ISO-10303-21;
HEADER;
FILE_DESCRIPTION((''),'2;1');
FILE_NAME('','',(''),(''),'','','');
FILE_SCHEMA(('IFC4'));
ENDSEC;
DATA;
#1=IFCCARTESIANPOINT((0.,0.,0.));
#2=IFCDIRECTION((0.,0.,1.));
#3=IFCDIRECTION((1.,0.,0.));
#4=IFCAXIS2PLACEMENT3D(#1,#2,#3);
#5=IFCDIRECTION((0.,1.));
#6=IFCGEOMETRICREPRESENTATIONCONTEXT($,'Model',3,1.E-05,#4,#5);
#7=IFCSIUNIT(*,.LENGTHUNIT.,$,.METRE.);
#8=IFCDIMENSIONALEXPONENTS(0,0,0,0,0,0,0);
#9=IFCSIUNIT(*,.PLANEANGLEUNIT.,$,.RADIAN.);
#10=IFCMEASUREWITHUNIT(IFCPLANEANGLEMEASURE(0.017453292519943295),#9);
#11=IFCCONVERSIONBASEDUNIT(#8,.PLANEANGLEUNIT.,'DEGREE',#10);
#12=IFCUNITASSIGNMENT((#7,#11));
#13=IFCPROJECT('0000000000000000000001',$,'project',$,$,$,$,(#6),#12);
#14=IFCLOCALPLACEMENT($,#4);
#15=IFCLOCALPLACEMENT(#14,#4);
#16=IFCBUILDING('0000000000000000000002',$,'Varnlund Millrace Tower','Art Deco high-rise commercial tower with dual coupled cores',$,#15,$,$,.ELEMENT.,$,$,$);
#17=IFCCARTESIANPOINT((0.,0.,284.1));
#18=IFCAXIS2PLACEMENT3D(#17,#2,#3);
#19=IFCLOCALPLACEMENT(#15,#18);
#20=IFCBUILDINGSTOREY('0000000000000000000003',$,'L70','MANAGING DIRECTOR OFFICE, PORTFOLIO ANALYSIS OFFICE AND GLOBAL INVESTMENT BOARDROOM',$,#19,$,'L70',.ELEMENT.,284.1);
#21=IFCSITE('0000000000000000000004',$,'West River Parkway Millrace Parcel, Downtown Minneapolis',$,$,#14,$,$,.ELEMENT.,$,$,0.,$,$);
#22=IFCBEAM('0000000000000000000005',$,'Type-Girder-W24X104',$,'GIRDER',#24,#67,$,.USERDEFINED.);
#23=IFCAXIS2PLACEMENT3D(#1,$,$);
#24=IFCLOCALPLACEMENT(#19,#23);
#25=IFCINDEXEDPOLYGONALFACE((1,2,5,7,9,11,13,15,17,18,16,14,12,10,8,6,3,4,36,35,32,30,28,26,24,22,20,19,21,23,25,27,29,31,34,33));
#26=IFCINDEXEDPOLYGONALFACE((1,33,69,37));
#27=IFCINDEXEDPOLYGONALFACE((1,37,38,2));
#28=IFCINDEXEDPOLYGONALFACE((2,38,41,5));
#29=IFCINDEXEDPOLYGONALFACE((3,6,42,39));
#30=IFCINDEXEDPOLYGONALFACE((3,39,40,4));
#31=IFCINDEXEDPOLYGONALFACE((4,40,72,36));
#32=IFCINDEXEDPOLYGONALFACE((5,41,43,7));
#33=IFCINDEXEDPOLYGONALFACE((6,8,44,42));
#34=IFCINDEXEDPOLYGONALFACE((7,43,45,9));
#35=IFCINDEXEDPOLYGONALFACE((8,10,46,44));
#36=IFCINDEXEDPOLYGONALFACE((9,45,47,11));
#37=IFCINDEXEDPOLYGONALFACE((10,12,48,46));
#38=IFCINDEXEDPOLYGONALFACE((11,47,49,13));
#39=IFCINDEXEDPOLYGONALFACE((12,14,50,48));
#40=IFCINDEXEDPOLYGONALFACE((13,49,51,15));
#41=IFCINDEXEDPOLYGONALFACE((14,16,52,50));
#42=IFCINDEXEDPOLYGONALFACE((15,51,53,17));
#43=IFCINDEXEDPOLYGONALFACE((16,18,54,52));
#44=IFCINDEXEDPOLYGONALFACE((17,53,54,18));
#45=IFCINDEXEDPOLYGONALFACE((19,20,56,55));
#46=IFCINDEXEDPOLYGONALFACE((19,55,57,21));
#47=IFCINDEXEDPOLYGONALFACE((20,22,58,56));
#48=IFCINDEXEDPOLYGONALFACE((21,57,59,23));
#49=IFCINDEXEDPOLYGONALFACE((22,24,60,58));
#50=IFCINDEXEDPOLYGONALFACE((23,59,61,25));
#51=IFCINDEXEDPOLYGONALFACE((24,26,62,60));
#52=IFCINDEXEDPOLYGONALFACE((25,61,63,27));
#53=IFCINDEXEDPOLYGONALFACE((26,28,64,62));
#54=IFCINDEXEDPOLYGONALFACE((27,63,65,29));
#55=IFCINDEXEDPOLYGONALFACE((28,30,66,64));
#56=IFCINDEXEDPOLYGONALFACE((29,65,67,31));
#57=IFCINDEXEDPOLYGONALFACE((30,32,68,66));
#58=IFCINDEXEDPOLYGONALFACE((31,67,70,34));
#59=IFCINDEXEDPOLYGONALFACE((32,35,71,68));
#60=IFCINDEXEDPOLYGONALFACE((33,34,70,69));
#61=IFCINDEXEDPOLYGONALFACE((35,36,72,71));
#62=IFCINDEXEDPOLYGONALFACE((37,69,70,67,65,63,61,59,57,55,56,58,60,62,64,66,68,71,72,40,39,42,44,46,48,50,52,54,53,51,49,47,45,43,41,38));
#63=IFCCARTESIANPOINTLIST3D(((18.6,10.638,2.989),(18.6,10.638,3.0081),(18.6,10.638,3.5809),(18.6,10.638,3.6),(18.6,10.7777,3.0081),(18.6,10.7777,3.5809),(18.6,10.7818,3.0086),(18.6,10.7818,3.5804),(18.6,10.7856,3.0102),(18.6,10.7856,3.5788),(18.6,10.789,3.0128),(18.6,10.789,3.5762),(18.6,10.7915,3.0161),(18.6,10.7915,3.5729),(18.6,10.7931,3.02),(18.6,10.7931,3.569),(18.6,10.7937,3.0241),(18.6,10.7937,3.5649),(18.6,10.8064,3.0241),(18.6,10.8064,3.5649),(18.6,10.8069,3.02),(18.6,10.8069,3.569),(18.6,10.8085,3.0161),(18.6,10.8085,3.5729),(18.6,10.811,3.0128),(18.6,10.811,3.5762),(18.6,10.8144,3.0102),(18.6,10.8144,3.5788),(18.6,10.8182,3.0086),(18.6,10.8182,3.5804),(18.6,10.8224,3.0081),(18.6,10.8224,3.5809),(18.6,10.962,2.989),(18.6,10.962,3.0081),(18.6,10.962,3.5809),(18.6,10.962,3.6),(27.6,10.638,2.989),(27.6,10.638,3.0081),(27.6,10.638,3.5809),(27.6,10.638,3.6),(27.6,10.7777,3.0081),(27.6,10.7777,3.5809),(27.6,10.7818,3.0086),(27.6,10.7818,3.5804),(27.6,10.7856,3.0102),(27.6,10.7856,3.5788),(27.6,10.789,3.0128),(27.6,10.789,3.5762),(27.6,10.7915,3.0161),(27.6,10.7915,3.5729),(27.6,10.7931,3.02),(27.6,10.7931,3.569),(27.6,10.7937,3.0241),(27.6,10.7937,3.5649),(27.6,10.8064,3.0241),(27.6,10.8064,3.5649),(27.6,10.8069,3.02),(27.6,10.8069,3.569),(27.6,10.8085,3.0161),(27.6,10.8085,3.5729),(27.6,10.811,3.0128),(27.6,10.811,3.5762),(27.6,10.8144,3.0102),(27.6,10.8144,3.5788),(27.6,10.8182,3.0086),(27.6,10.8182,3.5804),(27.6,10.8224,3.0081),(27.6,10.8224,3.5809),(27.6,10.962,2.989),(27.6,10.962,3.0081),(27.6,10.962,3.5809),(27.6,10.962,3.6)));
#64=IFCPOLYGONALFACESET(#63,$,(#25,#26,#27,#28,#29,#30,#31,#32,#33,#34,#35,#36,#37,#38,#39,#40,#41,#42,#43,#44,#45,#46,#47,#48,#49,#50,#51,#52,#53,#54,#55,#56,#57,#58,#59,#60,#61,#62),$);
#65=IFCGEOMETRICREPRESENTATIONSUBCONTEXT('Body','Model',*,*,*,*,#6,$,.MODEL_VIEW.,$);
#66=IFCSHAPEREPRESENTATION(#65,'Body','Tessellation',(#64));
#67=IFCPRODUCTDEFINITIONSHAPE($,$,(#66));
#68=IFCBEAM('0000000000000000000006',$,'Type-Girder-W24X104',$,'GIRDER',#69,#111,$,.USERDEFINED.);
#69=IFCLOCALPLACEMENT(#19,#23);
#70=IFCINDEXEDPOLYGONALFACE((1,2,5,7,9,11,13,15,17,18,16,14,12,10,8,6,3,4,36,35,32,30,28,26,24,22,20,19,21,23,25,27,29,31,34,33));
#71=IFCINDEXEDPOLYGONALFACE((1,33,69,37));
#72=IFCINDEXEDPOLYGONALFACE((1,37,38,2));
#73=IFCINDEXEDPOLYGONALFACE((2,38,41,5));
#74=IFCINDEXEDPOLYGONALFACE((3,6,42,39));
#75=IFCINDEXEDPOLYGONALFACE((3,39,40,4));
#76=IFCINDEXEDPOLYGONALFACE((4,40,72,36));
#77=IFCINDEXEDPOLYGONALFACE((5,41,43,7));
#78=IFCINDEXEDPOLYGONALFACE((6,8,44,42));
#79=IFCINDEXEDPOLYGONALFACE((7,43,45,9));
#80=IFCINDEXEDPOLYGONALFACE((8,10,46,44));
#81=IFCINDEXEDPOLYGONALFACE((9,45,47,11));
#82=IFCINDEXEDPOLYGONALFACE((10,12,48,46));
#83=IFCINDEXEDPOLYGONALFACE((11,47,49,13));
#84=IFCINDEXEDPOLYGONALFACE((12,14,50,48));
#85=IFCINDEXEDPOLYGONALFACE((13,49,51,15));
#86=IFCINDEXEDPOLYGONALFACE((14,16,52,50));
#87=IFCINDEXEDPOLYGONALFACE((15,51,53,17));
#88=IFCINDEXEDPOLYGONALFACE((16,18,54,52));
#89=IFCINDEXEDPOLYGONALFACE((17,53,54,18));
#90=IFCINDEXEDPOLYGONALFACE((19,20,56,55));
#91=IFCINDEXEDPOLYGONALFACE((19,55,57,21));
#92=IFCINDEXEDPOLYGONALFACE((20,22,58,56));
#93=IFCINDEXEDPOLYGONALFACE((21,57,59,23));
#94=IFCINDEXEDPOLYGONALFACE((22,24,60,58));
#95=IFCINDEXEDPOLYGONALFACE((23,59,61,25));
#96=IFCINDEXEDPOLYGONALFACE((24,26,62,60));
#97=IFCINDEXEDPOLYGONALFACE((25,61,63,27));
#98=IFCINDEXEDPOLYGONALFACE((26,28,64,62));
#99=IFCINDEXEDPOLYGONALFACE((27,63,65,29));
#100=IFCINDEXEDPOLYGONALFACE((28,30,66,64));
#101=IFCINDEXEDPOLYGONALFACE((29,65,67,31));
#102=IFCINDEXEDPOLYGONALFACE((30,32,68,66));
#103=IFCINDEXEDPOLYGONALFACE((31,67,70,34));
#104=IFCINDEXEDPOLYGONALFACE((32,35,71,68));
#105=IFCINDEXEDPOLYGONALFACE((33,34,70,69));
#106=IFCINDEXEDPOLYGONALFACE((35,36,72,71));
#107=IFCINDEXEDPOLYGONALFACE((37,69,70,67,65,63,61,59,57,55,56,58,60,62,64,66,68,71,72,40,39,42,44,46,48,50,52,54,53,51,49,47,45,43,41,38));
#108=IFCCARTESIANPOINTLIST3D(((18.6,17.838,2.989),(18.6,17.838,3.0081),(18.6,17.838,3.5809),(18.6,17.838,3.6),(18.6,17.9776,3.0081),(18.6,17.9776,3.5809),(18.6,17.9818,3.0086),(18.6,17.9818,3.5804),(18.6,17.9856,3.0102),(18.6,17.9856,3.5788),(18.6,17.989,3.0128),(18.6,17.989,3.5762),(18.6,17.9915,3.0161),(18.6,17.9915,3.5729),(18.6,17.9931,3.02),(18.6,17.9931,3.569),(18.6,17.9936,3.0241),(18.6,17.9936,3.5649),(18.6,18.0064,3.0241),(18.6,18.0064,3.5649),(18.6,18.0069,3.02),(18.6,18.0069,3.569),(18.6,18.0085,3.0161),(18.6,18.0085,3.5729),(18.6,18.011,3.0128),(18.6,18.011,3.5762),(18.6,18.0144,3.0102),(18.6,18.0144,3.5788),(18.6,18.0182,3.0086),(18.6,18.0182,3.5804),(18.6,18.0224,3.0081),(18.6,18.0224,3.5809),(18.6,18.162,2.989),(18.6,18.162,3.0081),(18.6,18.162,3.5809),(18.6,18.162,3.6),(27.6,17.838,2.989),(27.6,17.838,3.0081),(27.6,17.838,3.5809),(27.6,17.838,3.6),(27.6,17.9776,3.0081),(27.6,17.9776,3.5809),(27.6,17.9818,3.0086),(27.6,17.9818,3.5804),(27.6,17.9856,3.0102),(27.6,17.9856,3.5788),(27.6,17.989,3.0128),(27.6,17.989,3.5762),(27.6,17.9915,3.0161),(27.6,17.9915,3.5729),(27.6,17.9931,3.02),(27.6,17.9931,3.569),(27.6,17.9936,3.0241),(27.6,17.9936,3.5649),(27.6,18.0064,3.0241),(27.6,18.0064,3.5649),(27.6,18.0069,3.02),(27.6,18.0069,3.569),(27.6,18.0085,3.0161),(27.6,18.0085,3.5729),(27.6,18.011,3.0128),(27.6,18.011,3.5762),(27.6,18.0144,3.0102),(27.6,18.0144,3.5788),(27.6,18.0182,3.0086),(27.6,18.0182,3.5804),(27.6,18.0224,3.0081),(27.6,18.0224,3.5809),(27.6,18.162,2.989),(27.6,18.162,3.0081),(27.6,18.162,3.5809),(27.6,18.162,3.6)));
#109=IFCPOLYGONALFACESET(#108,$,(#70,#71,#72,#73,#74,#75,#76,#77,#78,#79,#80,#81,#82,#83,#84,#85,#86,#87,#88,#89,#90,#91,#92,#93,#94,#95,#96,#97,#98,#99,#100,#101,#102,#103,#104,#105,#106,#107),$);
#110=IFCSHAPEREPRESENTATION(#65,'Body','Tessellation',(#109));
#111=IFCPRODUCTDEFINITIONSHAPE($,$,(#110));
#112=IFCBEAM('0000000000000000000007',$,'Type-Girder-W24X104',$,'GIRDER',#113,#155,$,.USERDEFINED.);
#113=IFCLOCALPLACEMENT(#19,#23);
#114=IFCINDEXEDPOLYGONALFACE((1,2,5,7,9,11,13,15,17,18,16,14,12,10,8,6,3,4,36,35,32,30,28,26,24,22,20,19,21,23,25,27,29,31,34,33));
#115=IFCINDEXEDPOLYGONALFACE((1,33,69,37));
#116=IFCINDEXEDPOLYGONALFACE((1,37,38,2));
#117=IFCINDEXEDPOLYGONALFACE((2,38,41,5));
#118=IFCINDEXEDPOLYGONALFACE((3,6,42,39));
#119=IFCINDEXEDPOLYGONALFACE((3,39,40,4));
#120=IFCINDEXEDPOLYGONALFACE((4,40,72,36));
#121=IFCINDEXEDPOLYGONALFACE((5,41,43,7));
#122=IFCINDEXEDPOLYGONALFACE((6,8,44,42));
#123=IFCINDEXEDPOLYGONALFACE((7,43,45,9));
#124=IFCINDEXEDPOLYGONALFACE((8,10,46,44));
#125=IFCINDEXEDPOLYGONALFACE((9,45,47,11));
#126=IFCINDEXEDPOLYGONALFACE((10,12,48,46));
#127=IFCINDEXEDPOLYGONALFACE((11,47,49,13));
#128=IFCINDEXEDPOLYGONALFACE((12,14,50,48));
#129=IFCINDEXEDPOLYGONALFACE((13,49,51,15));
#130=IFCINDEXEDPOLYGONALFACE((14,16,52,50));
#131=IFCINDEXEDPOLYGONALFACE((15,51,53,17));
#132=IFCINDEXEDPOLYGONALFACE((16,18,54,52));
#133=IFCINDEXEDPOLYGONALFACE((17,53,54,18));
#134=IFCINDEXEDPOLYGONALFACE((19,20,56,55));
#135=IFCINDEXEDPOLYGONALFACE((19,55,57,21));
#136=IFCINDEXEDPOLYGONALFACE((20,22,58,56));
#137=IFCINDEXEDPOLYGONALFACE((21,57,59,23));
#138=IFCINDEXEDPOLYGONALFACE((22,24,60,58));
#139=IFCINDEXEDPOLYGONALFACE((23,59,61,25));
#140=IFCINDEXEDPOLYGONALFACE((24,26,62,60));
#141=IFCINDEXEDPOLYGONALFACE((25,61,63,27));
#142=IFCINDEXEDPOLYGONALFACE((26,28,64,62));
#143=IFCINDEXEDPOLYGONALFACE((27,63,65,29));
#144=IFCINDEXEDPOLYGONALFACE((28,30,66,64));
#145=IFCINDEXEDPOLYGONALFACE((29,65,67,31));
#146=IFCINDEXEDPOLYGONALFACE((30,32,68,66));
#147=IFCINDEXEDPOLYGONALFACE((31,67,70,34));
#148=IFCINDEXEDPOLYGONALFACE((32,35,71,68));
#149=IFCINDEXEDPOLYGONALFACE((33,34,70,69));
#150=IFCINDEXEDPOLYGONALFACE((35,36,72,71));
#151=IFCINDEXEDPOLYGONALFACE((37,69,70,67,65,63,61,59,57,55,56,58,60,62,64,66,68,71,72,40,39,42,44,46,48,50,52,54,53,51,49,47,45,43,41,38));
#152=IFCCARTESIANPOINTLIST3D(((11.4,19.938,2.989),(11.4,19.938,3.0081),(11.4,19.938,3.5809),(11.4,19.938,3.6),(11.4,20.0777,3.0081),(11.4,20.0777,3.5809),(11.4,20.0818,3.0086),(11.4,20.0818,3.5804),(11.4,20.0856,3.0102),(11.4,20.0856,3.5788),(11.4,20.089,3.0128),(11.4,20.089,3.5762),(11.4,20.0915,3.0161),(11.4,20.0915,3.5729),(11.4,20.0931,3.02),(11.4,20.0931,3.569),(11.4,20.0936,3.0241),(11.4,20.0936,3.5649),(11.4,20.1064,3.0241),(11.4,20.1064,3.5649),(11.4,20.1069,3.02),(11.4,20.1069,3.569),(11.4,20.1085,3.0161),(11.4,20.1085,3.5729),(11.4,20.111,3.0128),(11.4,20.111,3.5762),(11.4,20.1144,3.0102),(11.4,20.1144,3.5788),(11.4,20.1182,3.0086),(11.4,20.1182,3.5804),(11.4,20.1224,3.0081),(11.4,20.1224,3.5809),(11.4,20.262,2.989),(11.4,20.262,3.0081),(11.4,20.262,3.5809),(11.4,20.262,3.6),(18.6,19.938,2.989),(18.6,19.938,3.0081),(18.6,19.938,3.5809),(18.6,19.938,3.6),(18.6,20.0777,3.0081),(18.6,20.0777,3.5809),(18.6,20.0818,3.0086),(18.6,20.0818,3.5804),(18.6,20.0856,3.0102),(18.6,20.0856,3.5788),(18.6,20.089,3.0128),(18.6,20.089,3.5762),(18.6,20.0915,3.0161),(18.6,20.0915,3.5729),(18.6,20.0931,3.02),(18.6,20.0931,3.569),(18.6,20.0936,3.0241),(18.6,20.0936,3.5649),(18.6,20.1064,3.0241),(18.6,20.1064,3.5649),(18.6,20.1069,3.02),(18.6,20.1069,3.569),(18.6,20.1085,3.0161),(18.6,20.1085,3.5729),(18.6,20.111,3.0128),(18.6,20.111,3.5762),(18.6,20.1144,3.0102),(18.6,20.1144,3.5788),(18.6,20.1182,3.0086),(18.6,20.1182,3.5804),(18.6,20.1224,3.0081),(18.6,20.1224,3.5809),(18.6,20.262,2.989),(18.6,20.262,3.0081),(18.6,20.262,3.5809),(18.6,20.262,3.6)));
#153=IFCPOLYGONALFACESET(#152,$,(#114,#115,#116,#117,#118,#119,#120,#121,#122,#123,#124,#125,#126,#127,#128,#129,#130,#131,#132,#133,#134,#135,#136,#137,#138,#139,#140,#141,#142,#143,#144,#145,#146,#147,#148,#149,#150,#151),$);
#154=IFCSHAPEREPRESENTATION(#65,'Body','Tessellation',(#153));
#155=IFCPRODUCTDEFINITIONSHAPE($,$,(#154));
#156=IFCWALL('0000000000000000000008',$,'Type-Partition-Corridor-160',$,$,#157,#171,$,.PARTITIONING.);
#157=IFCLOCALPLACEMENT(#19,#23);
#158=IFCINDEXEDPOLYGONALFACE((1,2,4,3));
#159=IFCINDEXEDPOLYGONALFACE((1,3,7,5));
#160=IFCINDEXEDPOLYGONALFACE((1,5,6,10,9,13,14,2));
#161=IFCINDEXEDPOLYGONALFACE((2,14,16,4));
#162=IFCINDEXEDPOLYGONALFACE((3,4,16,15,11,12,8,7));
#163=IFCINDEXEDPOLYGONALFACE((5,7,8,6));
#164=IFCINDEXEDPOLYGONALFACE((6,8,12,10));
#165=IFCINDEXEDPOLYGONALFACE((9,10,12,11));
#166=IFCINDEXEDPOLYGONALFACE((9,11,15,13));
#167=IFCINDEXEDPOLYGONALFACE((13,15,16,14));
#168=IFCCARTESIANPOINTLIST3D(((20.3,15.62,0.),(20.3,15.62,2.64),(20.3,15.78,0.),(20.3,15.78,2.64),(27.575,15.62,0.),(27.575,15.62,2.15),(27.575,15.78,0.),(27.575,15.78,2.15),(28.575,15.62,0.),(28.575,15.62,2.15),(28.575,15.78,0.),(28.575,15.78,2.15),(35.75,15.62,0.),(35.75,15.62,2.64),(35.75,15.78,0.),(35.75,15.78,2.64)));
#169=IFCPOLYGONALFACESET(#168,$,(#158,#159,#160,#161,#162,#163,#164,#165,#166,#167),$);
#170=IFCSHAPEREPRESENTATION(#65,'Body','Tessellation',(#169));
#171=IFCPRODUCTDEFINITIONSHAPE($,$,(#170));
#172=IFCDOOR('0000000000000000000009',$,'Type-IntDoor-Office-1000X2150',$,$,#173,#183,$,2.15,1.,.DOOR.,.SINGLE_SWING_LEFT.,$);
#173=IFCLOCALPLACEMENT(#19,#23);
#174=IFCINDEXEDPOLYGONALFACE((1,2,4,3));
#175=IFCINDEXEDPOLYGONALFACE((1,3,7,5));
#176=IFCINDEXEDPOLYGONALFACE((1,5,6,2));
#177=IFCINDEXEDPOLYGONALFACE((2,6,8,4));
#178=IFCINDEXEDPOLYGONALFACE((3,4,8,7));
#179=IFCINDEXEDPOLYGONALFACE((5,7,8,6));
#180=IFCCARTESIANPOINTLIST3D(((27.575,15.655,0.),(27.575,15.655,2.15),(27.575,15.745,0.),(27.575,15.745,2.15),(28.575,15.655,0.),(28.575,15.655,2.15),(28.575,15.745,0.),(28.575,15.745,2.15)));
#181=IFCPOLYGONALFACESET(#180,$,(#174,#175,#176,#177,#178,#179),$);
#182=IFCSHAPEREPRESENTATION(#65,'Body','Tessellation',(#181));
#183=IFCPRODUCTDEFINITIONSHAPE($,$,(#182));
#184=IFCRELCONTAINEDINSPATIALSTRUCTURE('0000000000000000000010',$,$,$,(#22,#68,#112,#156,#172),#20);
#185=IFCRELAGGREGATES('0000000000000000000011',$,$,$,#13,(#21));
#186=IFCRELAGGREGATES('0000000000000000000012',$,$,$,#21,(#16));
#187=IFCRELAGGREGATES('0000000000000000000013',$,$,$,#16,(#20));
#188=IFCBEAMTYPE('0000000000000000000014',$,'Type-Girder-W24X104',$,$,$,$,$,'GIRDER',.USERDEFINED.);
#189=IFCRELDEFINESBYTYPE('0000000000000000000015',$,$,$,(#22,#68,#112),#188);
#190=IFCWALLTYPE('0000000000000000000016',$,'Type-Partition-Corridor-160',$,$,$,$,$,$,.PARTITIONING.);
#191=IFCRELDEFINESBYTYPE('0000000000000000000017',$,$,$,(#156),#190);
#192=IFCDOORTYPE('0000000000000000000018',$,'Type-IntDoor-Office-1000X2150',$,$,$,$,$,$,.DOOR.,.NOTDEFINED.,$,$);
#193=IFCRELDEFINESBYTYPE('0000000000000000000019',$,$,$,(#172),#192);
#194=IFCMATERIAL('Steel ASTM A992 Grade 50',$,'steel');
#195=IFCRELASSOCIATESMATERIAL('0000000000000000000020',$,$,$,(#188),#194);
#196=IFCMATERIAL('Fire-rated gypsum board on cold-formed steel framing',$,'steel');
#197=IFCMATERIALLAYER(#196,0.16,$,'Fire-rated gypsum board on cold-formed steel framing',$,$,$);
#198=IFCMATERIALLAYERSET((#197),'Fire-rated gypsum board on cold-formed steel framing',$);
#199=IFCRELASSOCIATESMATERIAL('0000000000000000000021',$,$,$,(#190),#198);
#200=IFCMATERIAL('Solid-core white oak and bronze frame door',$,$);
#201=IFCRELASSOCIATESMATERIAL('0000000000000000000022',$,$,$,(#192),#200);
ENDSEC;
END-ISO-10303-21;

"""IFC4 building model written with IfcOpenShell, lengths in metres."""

from ifc_helpers import new_model, entity, si_unit, converted_unit, direction, frame, origin_with_axes, origin_2d_with_axis, place, context, subcontext, project, spatial, polyline, rectangle, i_section, outline, extrude, material, layer, layer_set, material_profile, profile_set, type_object, element, fill, save


model = new_model("IFC4")

# Units and contexts
model_context = context("Model", 3, precision=1e-05, world=origin_with_axes(), true_north=direction((0.0, 1.0)))
body_context = subcontext(model_context, "Body", "Model", "MODEL_VIEW")
ifc_project = project(units=[si_unit("LENGTHUNIT", "METRE"), converted_unit("PLANEANGLEUNIT", "DEGREE", entity("IfcPlaneAngleMeasure", 0.017453292519943295), si_unit("PLANEANGLEUNIT", "RADIAN"), dimensions=[0, 0, 0, 0, 0, 0, 0])], contexts=[model_context])

# Site, building, storey
site_placement = place(None, origin_with_axes())
site = spatial("IfcSite", under=ifc_project, at=site_placement, Name="West River Parkway Millrace Parcel, Downtown Minneapolis", CompositionType="ELEMENT", RefElevation=0.0)
building_placement = place(site_placement, origin_with_axes())
building = spatial("IfcBuilding", under=site, at=building_placement, Name="Varnlund Millrace Tower", Description="Art Deco high-rise commercial tower with dual coupled cores", CompositionType="ELEMENT")
storey_placement = place(building_placement, frame((0.0, 0.0, 284.1), z_axis=(0.0, 0.0, 1.0), x_axis=(1.0, 0.0, 0.0)))
storey = spatial("IfcBuildingStorey", under=building, at=storey_placement, Name="L70", Description="MANAGING DIRECTOR OFFICE, PORTFOLIO ANALYSIS OFFICE AND GLOBAL INVESTMENT BOARDROOM", LongName="L70", CompositionType="ELEMENT", Elevation=284.1)

# Beams
ifc_material_1 = material(Name="Steel ASTM A992 Grade 50", Category="steel")
ifc_material_profile_1 = material_profile(ifc_material_1, i_section(OverallWidth=0.324, OverallDepth=0.611, WebThickness=0.0127, FlangeThickness=0.0191, FilletRadius=0.016, at=origin_2d_with_axis()), Name="Steel ASTM A992 Grade 50")
ifc_profile_set_1 = profile_set([ifc_material_profile_1], Name="Steel ASTM A992 Grade 50")
beam_type_1 = type_object("IfcBeamType", Name="Type-Girder-W24X104", ElementType="GIRDER", PredefinedType="USERDEFINED", material=ifc_profile_set_1)
for number, where, z_axis, x_axis, name in (
    (1, (18.6, 10.8, 3.2945), (1.0, 0.0, 0.0), (0.0, 1.0, 0.0), "Type-Girder-W24X104"),
    (2, (18.6, 18.0, 3.2945), (1.0, 0.0, 0.0), (0.0, 1.0, 0.0), "Type-Girder-W24X104"),
):
    element("IfcBeam", number, at=place(storey_placement, frame(where, z_axis=z_axis, x_axis=x_axis)), inside=storey, type_object=beam_type_1, Name=name, ObjectType="GIRDER", PredefinedType="USERDEFINED", context=body_context, shape_type="SweptSolid", body=[
        extrude(i_section(OverallWidth=0.324, OverallDepth=0.611, WebThickness=0.0127, FlangeThickness=0.0191, FilletRadius=0.016, at=origin_2d_with_axis()), origin_with_axes(), (0.0, 0.0, 1.0), 9.0),
    ])
beam_1_placement = place(storey_placement, frame((11.4, 20.1, 3.2945), z_axis=(1.0, 0.0, 0.0), x_axis=(0.0, 1.0, 0.0)))
element("IfcBeam", 3, at=beam_1_placement, inside=storey, type_object=beam_type_1, Name="Type-Girder-W24X104", ObjectType="GIRDER", PredefinedType="USERDEFINED", context=body_context, shape_type="SweptSolid", body=[
    extrude(i_section(OverallWidth=0.324, OverallDepth=0.611, WebThickness=0.0127, FlangeThickness=0.0191, FilletRadius=0.016, at=origin_2d_with_axis()), origin_with_axes(), (0.0, 0.0, 1.0), 7.2),
])

# Shared definitions
ifc_material_2 = material(Name="Fire-rated gypsum board on cold-formed steel framing", Category="steel")
ifc_layer = layer(ifc_material_2, 0.16, Name="Fire-rated gypsum board on cold-formed steel framing")
ifc_layer_set = layer_set([ifc_layer], Name="Fire-rated gypsum board on cold-formed steel framing")
wall_type = type_object("IfcWallType", Name="Type-Partition-Corridor-160", PredefinedType="PARTITIONING", material=ifc_layer_set)
ifc_material_3 = material(Name="Solid-core white oak and bronze frame door")
door_type_1 = type_object("IfcDoorType", Name="Type-IntDoor-Office-1000X2150", OperationType="NOTDEFINED", PredefinedType="DOOR", material=ifc_material_3)

# Wall, opening, door
wall_1_placement = place(storey_placement, frame((20.3, 15.7, 0.0), z_axis=(0.0, 0.0, 1.0), x_axis=(1.0, 0.0, 0.0)))
wall_1 = element("IfcWall", 4, at=wall_1_placement, inside=storey, type_object=wall_type, Name="Type-Partition-Corridor-160", PredefinedType="PARTITIONING", context=body_context, shape_type="SweptSolid", body=[
    extrude(outline(polyline([(0.0, -0.08), (15.45, -0.08), (15.45, 0.08), (0.0, 0.08), (0.0, -0.08)])), origin_with_axes(), (0.0, 0.0, 1.0), 2.64),
])
opening_1_placement = place(wall_1_placement, frame((7.775, 0.0, 0.0), z_axis=(0.0, 0.0, 1.0), x_axis=(1.0, 0.0, 0.0)))
opening_1 = element("IfcOpeningElement", 5, at=opening_1_placement, cuts=wall_1, PredefinedType="OPENING", context=body_context, shape_type="SweptSolid", body=[
    extrude(rectangle(XDim=1.0, YDim=0.18, at=origin_2d_with_axis()), origin_with_axes(), (0.0, 0.0, 1.0), 2.15),
])
door_1_placement = place(wall_1_placement, frame((7.775, 0.0, 0.0), z_axis=(0.0, 0.0, 1.0), x_axis=(1.0, 0.0, 0.0)))
door_1 = element("IfcDoor", 6, at=door_1_placement, inside=storey, type_object=door_type_1, Name="Type-IntDoor-Office-1000X2150", OperationType="SINGLE_SWING_LEFT", OverallHeight=2.15, OverallWidth=1.0, PredefinedType="DOOR", context=body_context, shape_type="SweptSolid", body=[
    extrude(rectangle(XDim=1.0, YDim=0.09, at=origin_2d_with_axis()), origin_with_axes(), (0.0, 0.0, 1.0), 2.15),
])
fill(opening_1, door_1)

save(model, "model.ifc")
